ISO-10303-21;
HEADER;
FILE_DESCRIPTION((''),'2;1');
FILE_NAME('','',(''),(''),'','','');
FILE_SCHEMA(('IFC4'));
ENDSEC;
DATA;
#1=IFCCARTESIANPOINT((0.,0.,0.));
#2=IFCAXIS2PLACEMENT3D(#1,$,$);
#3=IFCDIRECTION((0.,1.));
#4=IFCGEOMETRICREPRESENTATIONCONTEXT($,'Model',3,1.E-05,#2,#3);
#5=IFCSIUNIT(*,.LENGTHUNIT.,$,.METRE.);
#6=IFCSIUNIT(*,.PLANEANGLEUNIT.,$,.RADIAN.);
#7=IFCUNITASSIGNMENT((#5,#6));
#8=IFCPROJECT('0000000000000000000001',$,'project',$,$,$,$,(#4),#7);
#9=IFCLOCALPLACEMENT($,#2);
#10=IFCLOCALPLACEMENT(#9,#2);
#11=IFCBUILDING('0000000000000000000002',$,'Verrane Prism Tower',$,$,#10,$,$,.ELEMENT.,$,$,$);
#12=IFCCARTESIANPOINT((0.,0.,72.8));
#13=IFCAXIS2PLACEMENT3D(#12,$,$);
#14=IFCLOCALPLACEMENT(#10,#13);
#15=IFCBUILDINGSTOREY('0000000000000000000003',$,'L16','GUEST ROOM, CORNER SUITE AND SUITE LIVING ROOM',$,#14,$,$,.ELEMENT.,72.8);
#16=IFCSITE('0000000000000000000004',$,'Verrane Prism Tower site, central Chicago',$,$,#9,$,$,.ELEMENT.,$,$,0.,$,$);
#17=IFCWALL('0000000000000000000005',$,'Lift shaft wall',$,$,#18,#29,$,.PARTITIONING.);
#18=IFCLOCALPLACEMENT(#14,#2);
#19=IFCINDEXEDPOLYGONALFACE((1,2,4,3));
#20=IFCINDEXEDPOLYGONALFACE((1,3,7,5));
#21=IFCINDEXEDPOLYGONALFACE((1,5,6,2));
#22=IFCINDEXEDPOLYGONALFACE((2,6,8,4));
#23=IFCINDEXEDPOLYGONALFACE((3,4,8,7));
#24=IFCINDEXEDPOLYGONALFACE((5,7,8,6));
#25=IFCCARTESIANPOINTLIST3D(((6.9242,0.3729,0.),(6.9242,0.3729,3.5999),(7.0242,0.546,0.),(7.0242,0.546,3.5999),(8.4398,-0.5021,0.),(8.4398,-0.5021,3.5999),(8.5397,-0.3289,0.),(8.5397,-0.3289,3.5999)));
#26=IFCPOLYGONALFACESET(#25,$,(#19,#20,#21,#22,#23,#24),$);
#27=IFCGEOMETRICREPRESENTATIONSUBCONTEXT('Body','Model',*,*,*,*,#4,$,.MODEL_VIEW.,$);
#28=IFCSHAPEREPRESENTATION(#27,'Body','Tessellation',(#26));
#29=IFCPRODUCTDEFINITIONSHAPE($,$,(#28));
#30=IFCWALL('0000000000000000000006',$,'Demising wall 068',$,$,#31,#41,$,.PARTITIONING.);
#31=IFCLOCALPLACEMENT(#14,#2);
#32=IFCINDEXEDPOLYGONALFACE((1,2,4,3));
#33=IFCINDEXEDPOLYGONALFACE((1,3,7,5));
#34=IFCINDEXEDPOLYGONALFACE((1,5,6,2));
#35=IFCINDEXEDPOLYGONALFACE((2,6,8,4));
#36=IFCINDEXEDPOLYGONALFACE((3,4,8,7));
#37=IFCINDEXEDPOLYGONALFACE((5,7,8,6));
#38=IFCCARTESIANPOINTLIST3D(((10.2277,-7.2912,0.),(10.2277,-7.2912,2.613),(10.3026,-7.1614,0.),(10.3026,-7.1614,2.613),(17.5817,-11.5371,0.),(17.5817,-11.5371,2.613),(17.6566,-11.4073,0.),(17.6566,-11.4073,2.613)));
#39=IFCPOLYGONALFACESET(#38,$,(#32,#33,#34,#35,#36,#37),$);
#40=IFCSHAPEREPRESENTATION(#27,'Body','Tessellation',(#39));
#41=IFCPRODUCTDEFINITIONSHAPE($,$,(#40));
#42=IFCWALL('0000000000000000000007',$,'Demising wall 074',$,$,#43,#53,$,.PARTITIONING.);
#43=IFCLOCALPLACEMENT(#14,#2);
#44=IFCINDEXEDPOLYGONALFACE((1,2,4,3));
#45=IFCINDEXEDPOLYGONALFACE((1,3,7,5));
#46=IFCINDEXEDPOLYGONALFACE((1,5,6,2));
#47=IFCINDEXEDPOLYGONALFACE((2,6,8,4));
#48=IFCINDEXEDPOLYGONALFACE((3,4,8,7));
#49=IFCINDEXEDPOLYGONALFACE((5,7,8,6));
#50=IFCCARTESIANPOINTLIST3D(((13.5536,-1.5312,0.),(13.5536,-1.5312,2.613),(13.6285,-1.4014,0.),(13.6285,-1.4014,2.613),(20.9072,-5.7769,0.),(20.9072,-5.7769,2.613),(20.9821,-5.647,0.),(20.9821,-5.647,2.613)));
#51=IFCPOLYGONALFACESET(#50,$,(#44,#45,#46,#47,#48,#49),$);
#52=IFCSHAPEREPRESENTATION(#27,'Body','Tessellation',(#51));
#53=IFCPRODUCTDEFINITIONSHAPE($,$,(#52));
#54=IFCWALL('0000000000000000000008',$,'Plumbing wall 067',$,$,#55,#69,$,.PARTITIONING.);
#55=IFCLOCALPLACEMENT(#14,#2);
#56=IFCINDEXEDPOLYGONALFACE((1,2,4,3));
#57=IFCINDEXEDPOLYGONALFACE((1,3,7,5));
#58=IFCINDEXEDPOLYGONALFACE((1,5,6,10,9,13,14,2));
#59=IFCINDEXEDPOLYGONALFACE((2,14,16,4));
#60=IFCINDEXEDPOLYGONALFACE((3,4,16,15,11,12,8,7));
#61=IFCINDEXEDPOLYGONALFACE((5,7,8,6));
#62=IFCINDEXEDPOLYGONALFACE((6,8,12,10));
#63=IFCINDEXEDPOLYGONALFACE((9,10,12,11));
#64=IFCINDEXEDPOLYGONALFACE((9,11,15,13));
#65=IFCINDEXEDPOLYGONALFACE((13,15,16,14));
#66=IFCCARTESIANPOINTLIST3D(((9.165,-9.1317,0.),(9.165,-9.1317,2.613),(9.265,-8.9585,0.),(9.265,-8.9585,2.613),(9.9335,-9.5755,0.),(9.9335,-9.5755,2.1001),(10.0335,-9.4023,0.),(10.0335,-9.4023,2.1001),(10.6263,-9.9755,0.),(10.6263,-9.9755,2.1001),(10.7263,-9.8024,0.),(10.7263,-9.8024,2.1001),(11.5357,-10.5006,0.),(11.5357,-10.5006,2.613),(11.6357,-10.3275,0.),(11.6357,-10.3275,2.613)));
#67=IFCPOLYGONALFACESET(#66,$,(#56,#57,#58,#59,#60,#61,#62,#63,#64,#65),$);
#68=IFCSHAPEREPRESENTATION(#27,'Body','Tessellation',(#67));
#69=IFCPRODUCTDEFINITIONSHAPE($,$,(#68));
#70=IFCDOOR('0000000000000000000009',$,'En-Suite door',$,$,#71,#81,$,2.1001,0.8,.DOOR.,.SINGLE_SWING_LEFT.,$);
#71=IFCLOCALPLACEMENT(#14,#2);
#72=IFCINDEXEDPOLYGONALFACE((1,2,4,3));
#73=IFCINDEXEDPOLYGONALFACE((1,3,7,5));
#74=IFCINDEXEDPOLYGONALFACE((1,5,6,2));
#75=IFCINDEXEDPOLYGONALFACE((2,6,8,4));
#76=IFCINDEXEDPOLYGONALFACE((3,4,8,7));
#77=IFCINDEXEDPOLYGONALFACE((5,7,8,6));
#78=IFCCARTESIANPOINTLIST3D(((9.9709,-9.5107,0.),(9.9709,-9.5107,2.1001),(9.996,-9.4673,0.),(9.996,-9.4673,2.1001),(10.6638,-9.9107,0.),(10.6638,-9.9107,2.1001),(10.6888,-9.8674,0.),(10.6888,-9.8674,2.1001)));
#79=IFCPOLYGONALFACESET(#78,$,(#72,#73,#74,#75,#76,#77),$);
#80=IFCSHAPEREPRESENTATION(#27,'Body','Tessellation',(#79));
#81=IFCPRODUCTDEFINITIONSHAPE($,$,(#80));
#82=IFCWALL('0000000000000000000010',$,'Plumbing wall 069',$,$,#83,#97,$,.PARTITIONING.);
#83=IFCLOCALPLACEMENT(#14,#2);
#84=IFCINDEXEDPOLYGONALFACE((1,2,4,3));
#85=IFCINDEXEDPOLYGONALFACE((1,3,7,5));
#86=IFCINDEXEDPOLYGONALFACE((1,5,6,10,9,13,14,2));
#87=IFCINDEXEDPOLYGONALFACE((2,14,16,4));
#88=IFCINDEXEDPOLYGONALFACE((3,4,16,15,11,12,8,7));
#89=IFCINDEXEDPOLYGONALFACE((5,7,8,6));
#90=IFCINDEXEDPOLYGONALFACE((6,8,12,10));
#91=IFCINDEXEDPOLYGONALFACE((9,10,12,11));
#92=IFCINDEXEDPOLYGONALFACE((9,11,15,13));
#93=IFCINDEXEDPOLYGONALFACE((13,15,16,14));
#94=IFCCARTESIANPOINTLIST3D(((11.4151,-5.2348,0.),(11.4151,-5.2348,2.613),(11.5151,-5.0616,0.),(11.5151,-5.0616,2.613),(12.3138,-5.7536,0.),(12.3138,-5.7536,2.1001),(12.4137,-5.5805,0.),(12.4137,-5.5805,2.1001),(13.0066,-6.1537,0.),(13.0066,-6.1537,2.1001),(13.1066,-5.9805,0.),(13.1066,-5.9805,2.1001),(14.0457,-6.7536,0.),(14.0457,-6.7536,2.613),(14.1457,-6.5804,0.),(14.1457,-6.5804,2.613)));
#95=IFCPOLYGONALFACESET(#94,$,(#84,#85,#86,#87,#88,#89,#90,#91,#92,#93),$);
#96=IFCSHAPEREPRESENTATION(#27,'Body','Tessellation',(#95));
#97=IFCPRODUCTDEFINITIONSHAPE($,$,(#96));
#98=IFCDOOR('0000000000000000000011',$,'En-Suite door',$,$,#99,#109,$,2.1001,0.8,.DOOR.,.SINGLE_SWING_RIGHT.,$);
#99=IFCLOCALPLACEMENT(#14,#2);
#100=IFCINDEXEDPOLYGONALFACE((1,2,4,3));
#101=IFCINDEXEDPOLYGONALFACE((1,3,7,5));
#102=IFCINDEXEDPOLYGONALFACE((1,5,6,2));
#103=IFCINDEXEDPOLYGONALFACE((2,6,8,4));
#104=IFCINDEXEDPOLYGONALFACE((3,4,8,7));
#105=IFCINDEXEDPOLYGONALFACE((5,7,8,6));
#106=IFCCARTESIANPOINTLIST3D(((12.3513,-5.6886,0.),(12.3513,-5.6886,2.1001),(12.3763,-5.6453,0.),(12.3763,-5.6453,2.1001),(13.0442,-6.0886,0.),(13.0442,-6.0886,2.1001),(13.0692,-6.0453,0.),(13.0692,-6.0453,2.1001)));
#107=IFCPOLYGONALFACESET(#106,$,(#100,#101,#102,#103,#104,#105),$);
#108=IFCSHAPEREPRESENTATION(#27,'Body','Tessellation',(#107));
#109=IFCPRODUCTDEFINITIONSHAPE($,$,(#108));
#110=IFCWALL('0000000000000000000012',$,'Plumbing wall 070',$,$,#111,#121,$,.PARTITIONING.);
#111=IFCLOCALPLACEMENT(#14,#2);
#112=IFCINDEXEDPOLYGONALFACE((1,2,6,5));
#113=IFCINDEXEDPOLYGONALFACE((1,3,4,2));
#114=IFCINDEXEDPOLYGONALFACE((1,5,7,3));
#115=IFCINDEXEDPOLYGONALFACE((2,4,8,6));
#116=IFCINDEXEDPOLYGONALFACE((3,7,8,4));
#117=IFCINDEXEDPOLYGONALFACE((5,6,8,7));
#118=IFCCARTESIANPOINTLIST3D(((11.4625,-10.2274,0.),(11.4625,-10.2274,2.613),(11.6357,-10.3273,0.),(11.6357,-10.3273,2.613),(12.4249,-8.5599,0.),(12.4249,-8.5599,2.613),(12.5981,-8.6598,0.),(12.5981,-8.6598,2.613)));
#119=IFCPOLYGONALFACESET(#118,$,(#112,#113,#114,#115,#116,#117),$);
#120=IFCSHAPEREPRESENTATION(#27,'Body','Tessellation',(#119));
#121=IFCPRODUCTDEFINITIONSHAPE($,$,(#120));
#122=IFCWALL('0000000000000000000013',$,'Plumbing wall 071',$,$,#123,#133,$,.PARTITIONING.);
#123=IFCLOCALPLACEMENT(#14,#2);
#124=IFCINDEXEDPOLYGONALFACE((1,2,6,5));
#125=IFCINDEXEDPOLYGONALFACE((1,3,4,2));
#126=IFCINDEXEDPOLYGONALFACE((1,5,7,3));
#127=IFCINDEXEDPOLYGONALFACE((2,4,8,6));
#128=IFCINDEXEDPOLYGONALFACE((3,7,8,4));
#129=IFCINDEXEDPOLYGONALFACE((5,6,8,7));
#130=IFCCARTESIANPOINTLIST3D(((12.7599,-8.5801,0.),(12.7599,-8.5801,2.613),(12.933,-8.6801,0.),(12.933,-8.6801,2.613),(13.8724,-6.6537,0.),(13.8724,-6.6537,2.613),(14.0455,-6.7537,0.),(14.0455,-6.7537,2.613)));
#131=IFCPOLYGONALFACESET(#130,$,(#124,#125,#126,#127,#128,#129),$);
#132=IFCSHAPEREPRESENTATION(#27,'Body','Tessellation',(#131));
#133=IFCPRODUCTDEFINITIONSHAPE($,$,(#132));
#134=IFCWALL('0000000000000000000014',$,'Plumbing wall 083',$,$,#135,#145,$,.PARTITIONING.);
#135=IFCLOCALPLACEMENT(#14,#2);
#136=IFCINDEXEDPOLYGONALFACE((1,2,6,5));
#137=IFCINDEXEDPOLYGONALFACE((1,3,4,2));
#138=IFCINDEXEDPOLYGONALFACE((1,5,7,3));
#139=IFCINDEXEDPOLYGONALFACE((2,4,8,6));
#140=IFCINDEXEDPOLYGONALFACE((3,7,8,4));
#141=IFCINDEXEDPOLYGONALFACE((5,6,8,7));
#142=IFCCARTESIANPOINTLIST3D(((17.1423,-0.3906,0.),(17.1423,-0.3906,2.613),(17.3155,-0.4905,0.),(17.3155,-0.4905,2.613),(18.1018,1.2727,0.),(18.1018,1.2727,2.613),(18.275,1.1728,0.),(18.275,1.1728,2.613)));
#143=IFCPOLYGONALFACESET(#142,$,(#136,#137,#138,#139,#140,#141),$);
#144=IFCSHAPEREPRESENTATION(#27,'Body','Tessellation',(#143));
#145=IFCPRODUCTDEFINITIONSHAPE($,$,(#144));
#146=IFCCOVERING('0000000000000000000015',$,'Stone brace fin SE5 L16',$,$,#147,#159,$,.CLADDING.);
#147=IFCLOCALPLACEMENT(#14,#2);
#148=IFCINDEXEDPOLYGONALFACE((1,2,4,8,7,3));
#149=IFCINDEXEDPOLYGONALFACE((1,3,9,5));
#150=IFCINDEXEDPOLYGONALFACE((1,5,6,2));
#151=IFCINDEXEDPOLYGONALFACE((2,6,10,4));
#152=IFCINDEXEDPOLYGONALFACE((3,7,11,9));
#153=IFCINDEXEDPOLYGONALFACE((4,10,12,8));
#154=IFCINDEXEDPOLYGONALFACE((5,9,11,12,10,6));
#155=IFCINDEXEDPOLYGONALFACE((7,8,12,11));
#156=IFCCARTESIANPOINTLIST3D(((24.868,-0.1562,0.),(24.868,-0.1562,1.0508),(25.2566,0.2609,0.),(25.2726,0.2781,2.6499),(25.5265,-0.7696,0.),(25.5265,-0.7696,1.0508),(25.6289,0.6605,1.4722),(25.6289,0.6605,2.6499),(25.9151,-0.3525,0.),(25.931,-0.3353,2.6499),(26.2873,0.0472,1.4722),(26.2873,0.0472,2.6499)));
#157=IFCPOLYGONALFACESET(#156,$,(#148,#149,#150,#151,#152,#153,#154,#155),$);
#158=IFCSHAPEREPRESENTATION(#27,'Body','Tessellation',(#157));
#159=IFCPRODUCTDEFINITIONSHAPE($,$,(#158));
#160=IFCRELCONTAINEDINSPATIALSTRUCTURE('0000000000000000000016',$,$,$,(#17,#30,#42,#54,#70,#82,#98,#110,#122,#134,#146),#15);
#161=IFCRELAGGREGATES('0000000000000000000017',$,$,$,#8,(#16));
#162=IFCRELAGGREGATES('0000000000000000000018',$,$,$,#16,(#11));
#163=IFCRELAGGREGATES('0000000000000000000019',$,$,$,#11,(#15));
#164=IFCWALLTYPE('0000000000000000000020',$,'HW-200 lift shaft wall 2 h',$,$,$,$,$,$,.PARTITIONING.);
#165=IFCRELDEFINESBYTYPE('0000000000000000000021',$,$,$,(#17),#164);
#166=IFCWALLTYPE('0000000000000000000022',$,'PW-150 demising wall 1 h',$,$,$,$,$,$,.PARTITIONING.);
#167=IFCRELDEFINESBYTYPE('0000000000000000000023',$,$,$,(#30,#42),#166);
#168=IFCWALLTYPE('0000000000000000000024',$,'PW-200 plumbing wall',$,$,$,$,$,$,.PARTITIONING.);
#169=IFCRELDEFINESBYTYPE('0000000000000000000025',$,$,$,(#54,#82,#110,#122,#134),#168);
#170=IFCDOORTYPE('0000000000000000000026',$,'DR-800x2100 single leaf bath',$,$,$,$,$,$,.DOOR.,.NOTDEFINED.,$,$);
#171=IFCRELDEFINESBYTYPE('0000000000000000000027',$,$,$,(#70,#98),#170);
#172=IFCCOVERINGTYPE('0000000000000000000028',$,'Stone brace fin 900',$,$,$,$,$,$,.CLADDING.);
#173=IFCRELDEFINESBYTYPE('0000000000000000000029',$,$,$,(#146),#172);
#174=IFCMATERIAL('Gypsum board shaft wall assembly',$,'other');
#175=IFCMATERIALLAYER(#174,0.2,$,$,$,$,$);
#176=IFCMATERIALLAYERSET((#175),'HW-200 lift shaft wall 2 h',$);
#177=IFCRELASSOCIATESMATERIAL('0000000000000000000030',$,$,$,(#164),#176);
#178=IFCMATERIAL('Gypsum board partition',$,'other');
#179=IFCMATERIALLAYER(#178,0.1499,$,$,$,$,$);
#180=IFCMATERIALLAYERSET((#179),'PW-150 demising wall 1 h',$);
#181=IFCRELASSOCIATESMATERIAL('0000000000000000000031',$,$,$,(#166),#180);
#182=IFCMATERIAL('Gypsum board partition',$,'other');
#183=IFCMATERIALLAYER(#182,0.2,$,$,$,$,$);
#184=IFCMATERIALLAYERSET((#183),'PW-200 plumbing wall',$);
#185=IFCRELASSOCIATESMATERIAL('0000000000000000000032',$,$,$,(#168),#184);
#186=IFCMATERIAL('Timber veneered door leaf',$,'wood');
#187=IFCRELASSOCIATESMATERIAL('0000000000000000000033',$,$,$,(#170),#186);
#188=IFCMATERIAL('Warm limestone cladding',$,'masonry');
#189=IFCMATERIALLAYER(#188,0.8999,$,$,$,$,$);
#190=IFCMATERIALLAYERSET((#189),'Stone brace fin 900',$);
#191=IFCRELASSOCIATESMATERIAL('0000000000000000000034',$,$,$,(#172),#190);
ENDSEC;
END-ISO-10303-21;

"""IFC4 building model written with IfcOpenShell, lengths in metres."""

from ifc_helpers import new_model, si_unit, direction, frame, frame_2d, origin, place, context, subcontext, project, spatial, polyline, rectangle, outline, extrude, material, layer, layer_set, type_object, element, fill, save


model = new_model("IFC4")

# Units and contexts
model_context = context("Model", 3, precision=1e-05, world=origin(), true_north=direction((0.0, 1.0)))
body_context = subcontext(model_context, "Body", "Model", "MODEL_VIEW")
ifc_project = project(units=[si_unit("LENGTHUNIT", "METRE"), si_unit("PLANEANGLEUNIT", "RADIAN")], contexts=[model_context])

# Site, building, storey
site_placement = place(None, origin())
site = spatial("IfcSite", under=ifc_project, at=site_placement, Name="Verrane Prism Tower site, central Chicago", CompositionType="ELEMENT", RefElevation=0.0)
building_placement = place(site_placement, origin())
building = spatial("IfcBuilding", under=site, at=building_placement, Name="Verrane Prism Tower", CompositionType="ELEMENT")
storey_placement = place(building_placement, frame((0.0, 0.0, 72.8)))
storey = spatial("IfcBuildingStorey", under=building, at=storey_placement, Name="L16", Description="GUEST ROOM, CORNER SUITE AND SUITE LIVING ROOM", CompositionType="ELEMENT", Elevation=72.8)

# Walls
ifc_material_1 = material(Name="Gypsum board shaft wall assembly", Category="other")
ifc_layer_1 = layer(ifc_material_1, 0.2)
ifc_layer_set_1 = layer_set([ifc_layer_1], Name="HW-200 lift shaft wall 2 h")
wall_type_1 = type_object("IfcWallType", Name="HW-200 lift shaft wall 2 h", PredefinedType="PARTITIONING", material=ifc_layer_set_1)
wall_1_placement = place(storey_placement, frame((8.4897, -0.4155, 0.0), z_axis=(0.0, 0.0, 1.0), x_axis=(-0.866037, 0.49998, 0.0)))
element("IfcWall", 1, at=wall_1_placement, inside=storey, type_object=wall_type_1, Name="Lift shaft wall", PredefinedType="PARTITIONING", context=body_context, shape_type="SweptSolid", body=[
    extrude(rectangle(XDim=1.75, YDim=0.2, at=frame_2d((0.875, 0.0))), origin(), (0.0, 0.0, 1.0), 3.5999),
])
ifc_material_2 = material(Name="Gypsum board partition", Category="other")
ifc_layer_2 = layer(ifc_material_2, 0.1499)
ifc_layer_set_2 = layer_set([ifc_layer_2], Name="PW-150 demising wall 1 h")
wall_type_2 = type_object("IfcWallType", Name="PW-150 demising wall 1 h", PredefinedType="PARTITIONING", material=ifc_layer_set_2)
wall_2_placement = place(storey_placement, frame((10.2651, -7.2263, 0.0), z_axis=(0.0, 0.0, 1.0), x_axis=(0.866025, -0.500001, 0.0)))
element("IfcWall", 2, at=wall_2_placement, inside=storey, type_object=wall_type_2, Name="Demising wall 068", PredefinedType="PARTITIONING", context=body_context, shape_type="SweptSolid", body=[
    extrude(rectangle(XDim=8.4917, YDim=0.1499, at=frame_2d((4.2458, 0.0))), origin(), (0.0, 0.0, 1.0), 2.613),
])
wall_3_placement = place(storey_placement, frame((13.5911, -1.4663, 0.0), z_axis=(0.0, 0.0, 1.0), x_axis=(0.866023, -0.500005, 0.0)))
element("IfcWall", 3, at=wall_3_placement, inside=storey, type_object=wall_type_2, Name="Demising wall 074", PredefinedType="PARTITIONING", context=body_context, shape_type="SweptSolid", body=[
    extrude(rectangle(XDim=8.4912, YDim=0.1499, at=frame_2d((4.2456, 0.0))), origin(), (0.0, 0.0, 1.0), 2.613),
])

# Walls, openings, doors
ifc_material_3 = material(Name="Gypsum board partition", Category="other")
ifc_layer_3 = layer(ifc_material_3, 0.2)
ifc_layer_set_3 = layer_set([ifc_layer_3], Name="PW-200 plumbing wall")
wall_type_3 = type_object("IfcWallType", Name="PW-200 plumbing wall", PredefinedType="PARTITIONING", material=ifc_layer_set_3)
wall_4_placement = place(storey_placement, frame((9.2151, -9.0452, 0.0), z_axis=(0.0, 0.0, 1.0), x_axis=(0.86599, -0.500062, 0.0)))
wall_4 = element("IfcWall", 4, at=wall_4_placement, inside=storey, type_object=wall_type_3, Name="Plumbing wall 067", PredefinedType="PARTITIONING", context=body_context, shape_type="SweptSolid", body=[
    extrude(rectangle(XDim=2.7375, YDim=0.2, at=frame_2d((1.3687, 0.0))), origin(), (0.0, 0.0, 1.0), 2.613),
])
opening_1_placement = place(wall_4_placement, frame((0.8875, 0.0, 0.0)))
opening_1 = element("IfcOpeningElement", 5, at=opening_1_placement, cuts=wall_4, PredefinedType="OPENING", context=body_context, shape_type="SweptSolid", body=[
    extrude(rectangle(XDim=0.8, YDim=2.1001, at=frame_2d((0.3999, 1.05))), frame((0.0, 0.1099, 0.0), z_axis=(0.0, -1.0, 0.0), x_axis=(1.0, 0.0, 0.0)), (0.0, 0.0, 1.0), 0.22),
])
ifc_material_4 = material(Name="Timber veneered door leaf", Category="wood")
door_type = type_object("IfcDoorType", Name="DR-800x2100 single leaf bath", OperationType="NOTDEFINED", PredefinedType="DOOR", material=ifc_material_4)
door_1_placement = place(opening_1_placement, origin())
door_1 = element("IfcDoor", 6, at=door_1_placement, inside=storey, type_object=door_type, Name="En-Suite door", OperationType="SINGLE_SWING_LEFT", OverallHeight=2.1001, OverallWidth=0.8, PredefinedType="DOOR", context=body_context, shape_type="SweptSolid", body=[
    extrude(rectangle(XDim=0.8, YDim=2.1001, at=frame_2d((0.3999, 1.05))), frame((0.0, 0.0249, 0.0), z_axis=(0.0, -1.0, 0.0), x_axis=(1.0, 0.0, 0.0)), (0.0, 0.0, 1.0), 0.05),
])
fill(opening_1, door_1)
wall_5_placement = place(storey_placement, frame((14.0957, -6.667, 0.0), z_axis=(0.0, 0.0, 1.0), x_axis=(-0.866024, 0.500003, 0.0)))
wall_5 = element("IfcWall", 7, at=wall_5_placement, inside=storey, type_object=wall_type_3, Name="Plumbing wall 069", PredefinedType="PARTITIONING", context=body_context, shape_type="SweptSolid", body=[
    extrude(rectangle(XDim=3.0376, YDim=0.2, at=frame_2d((1.5188, 0.0))), origin(), (0.0, 0.0, 1.0), 2.613),
])
opening_2_placement = place(wall_5_placement, frame((1.2, 0.0, 0.0)))
opening_2 = element("IfcOpeningElement", 8, at=opening_2_placement, cuts=wall_5, PredefinedType="OPENING", context=body_context, shape_type="SweptSolid", body=[
    extrude(rectangle(XDim=0.8, YDim=2.1001, at=frame_2d((0.3999, 1.05))), frame((0.0, 0.1099, 0.0), z_axis=(0.0, -1.0, 0.0), x_axis=(1.0, 0.0, 0.0)), (0.0, 0.0, 1.0), 0.22),
])
door_2_placement = place(opening_2_placement, origin())
door_2 = element("IfcDoor", 9, at=door_2_placement, inside=storey, type_object=door_type, Name="En-Suite door", OperationType="SINGLE_SWING_RIGHT", OverallHeight=2.1001, OverallWidth=0.8, PredefinedType="DOOR", context=body_context, shape_type="SweptSolid", body=[
    extrude(rectangle(XDim=0.8, YDim=2.1001, at=frame_2d((0.3999, 1.05))), frame((0.0, 0.0249, 0.0), z_axis=(0.0, -1.0, 0.0), x_axis=(1.0, 0.0, 0.0)), (0.0, 0.0, 1.0), 0.05),
])
fill(opening_2, door_2)

# Walls
wall_6_placement = place(storey_placement, frame((11.5491, -10.2773, 0.0), z_axis=(0.0, 0.0, 1.0), x_axis=(0.499876, 0.866097, 0.0)))
element("IfcWall", 10, at=wall_6_placement, inside=storey, type_object=wall_type_3, Name="Plumbing wall 070", PredefinedType="PARTITIONING", context=body_context, shape_type="SweptSolid", body=[
    extrude(rectangle(XDim=1.9253, YDim=0.2, at=frame_2d((0.9626, 0.0))), origin(), (0.0, 0.0, 1.0), 2.613),
])
wall_7_placement = place(storey_placement, frame((12.8464, -8.6301, 0.0), z_axis=(0.0, 0.0, 1.0), x_axis=(0.500093, 0.865972, 0.0)))
element("IfcWall", 11, at=wall_7_placement, inside=storey, type_object=wall_type_3, Name="Plumbing wall 071", PredefinedType="PARTITIONING", context=body_context, shape_type="SweptSolid", body=[
    extrude(rectangle(XDim=2.2246, YDim=0.2, at=frame_2d((1.1123, 0.0))), origin(), (0.0, 0.0, 1.0), 2.613),
])
wall_8_placement = place(storey_placement, frame((17.229, -0.4404, 0.0), z_axis=(0.0, 0.0, 1.0), x_axis=(0.499667, 0.866217, 0.0)))
element("IfcWall", 12, at=wall_8_placement, inside=storey, type_object=wall_type_3, Name="Plumbing wall 083", PredefinedType="PARTITIONING", context=body_context, shape_type="SweptSolid", body=[
    extrude(rectangle(XDim=1.9202, YDim=0.2, at=frame_2d((0.96, 0.0))), origin(), (0.0, 0.0, 1.0), 2.613),
])

# Covering
ifc_material_5 = material(Name="Warm limestone cladding", Category="masonry")
ifc_layer_4 = layer(ifc_material_5, 0.8999)
ifc_layer_set_4 = layer_set([ifc_layer_4], Name="Stone brace fin 900")
covering_type = type_object("IfcCoveringType", Name="Stone brace fin 900", PredefinedType="CLADDING", material=ifc_layer_set_4)
covering_placement = place(storey_placement, frame((25.1973, -0.4629, 0.0), z_axis=(0.0, 0.0, 1.0), x_axis=(0.681616, 0.73171, 0.0)))
element("IfcCovering", 13, at=covering_placement, inside=storey, type_object=covering_type, Name="Stone brace fin SE5 L16", PredefinedType="CLADDING", context=body_context, shape_type="SweptSolid", body=[
    extrude(outline(polyline([(1.1162, 2.6499), (0.5935, 2.6499), (0.0, 1.0508), (0.0, 0.0), (0.5701, 0.0), (1.1162, 1.4722), (1.1162, 2.6499)])), frame((0.0, 0.45, 0.0), z_axis=(0.0, -1.0, 0.0), x_axis=(1.0, 0.0, 0.0)), (0.0, 0.0, 1.0), 0.8999),
])

save(model, "model.ifc")
